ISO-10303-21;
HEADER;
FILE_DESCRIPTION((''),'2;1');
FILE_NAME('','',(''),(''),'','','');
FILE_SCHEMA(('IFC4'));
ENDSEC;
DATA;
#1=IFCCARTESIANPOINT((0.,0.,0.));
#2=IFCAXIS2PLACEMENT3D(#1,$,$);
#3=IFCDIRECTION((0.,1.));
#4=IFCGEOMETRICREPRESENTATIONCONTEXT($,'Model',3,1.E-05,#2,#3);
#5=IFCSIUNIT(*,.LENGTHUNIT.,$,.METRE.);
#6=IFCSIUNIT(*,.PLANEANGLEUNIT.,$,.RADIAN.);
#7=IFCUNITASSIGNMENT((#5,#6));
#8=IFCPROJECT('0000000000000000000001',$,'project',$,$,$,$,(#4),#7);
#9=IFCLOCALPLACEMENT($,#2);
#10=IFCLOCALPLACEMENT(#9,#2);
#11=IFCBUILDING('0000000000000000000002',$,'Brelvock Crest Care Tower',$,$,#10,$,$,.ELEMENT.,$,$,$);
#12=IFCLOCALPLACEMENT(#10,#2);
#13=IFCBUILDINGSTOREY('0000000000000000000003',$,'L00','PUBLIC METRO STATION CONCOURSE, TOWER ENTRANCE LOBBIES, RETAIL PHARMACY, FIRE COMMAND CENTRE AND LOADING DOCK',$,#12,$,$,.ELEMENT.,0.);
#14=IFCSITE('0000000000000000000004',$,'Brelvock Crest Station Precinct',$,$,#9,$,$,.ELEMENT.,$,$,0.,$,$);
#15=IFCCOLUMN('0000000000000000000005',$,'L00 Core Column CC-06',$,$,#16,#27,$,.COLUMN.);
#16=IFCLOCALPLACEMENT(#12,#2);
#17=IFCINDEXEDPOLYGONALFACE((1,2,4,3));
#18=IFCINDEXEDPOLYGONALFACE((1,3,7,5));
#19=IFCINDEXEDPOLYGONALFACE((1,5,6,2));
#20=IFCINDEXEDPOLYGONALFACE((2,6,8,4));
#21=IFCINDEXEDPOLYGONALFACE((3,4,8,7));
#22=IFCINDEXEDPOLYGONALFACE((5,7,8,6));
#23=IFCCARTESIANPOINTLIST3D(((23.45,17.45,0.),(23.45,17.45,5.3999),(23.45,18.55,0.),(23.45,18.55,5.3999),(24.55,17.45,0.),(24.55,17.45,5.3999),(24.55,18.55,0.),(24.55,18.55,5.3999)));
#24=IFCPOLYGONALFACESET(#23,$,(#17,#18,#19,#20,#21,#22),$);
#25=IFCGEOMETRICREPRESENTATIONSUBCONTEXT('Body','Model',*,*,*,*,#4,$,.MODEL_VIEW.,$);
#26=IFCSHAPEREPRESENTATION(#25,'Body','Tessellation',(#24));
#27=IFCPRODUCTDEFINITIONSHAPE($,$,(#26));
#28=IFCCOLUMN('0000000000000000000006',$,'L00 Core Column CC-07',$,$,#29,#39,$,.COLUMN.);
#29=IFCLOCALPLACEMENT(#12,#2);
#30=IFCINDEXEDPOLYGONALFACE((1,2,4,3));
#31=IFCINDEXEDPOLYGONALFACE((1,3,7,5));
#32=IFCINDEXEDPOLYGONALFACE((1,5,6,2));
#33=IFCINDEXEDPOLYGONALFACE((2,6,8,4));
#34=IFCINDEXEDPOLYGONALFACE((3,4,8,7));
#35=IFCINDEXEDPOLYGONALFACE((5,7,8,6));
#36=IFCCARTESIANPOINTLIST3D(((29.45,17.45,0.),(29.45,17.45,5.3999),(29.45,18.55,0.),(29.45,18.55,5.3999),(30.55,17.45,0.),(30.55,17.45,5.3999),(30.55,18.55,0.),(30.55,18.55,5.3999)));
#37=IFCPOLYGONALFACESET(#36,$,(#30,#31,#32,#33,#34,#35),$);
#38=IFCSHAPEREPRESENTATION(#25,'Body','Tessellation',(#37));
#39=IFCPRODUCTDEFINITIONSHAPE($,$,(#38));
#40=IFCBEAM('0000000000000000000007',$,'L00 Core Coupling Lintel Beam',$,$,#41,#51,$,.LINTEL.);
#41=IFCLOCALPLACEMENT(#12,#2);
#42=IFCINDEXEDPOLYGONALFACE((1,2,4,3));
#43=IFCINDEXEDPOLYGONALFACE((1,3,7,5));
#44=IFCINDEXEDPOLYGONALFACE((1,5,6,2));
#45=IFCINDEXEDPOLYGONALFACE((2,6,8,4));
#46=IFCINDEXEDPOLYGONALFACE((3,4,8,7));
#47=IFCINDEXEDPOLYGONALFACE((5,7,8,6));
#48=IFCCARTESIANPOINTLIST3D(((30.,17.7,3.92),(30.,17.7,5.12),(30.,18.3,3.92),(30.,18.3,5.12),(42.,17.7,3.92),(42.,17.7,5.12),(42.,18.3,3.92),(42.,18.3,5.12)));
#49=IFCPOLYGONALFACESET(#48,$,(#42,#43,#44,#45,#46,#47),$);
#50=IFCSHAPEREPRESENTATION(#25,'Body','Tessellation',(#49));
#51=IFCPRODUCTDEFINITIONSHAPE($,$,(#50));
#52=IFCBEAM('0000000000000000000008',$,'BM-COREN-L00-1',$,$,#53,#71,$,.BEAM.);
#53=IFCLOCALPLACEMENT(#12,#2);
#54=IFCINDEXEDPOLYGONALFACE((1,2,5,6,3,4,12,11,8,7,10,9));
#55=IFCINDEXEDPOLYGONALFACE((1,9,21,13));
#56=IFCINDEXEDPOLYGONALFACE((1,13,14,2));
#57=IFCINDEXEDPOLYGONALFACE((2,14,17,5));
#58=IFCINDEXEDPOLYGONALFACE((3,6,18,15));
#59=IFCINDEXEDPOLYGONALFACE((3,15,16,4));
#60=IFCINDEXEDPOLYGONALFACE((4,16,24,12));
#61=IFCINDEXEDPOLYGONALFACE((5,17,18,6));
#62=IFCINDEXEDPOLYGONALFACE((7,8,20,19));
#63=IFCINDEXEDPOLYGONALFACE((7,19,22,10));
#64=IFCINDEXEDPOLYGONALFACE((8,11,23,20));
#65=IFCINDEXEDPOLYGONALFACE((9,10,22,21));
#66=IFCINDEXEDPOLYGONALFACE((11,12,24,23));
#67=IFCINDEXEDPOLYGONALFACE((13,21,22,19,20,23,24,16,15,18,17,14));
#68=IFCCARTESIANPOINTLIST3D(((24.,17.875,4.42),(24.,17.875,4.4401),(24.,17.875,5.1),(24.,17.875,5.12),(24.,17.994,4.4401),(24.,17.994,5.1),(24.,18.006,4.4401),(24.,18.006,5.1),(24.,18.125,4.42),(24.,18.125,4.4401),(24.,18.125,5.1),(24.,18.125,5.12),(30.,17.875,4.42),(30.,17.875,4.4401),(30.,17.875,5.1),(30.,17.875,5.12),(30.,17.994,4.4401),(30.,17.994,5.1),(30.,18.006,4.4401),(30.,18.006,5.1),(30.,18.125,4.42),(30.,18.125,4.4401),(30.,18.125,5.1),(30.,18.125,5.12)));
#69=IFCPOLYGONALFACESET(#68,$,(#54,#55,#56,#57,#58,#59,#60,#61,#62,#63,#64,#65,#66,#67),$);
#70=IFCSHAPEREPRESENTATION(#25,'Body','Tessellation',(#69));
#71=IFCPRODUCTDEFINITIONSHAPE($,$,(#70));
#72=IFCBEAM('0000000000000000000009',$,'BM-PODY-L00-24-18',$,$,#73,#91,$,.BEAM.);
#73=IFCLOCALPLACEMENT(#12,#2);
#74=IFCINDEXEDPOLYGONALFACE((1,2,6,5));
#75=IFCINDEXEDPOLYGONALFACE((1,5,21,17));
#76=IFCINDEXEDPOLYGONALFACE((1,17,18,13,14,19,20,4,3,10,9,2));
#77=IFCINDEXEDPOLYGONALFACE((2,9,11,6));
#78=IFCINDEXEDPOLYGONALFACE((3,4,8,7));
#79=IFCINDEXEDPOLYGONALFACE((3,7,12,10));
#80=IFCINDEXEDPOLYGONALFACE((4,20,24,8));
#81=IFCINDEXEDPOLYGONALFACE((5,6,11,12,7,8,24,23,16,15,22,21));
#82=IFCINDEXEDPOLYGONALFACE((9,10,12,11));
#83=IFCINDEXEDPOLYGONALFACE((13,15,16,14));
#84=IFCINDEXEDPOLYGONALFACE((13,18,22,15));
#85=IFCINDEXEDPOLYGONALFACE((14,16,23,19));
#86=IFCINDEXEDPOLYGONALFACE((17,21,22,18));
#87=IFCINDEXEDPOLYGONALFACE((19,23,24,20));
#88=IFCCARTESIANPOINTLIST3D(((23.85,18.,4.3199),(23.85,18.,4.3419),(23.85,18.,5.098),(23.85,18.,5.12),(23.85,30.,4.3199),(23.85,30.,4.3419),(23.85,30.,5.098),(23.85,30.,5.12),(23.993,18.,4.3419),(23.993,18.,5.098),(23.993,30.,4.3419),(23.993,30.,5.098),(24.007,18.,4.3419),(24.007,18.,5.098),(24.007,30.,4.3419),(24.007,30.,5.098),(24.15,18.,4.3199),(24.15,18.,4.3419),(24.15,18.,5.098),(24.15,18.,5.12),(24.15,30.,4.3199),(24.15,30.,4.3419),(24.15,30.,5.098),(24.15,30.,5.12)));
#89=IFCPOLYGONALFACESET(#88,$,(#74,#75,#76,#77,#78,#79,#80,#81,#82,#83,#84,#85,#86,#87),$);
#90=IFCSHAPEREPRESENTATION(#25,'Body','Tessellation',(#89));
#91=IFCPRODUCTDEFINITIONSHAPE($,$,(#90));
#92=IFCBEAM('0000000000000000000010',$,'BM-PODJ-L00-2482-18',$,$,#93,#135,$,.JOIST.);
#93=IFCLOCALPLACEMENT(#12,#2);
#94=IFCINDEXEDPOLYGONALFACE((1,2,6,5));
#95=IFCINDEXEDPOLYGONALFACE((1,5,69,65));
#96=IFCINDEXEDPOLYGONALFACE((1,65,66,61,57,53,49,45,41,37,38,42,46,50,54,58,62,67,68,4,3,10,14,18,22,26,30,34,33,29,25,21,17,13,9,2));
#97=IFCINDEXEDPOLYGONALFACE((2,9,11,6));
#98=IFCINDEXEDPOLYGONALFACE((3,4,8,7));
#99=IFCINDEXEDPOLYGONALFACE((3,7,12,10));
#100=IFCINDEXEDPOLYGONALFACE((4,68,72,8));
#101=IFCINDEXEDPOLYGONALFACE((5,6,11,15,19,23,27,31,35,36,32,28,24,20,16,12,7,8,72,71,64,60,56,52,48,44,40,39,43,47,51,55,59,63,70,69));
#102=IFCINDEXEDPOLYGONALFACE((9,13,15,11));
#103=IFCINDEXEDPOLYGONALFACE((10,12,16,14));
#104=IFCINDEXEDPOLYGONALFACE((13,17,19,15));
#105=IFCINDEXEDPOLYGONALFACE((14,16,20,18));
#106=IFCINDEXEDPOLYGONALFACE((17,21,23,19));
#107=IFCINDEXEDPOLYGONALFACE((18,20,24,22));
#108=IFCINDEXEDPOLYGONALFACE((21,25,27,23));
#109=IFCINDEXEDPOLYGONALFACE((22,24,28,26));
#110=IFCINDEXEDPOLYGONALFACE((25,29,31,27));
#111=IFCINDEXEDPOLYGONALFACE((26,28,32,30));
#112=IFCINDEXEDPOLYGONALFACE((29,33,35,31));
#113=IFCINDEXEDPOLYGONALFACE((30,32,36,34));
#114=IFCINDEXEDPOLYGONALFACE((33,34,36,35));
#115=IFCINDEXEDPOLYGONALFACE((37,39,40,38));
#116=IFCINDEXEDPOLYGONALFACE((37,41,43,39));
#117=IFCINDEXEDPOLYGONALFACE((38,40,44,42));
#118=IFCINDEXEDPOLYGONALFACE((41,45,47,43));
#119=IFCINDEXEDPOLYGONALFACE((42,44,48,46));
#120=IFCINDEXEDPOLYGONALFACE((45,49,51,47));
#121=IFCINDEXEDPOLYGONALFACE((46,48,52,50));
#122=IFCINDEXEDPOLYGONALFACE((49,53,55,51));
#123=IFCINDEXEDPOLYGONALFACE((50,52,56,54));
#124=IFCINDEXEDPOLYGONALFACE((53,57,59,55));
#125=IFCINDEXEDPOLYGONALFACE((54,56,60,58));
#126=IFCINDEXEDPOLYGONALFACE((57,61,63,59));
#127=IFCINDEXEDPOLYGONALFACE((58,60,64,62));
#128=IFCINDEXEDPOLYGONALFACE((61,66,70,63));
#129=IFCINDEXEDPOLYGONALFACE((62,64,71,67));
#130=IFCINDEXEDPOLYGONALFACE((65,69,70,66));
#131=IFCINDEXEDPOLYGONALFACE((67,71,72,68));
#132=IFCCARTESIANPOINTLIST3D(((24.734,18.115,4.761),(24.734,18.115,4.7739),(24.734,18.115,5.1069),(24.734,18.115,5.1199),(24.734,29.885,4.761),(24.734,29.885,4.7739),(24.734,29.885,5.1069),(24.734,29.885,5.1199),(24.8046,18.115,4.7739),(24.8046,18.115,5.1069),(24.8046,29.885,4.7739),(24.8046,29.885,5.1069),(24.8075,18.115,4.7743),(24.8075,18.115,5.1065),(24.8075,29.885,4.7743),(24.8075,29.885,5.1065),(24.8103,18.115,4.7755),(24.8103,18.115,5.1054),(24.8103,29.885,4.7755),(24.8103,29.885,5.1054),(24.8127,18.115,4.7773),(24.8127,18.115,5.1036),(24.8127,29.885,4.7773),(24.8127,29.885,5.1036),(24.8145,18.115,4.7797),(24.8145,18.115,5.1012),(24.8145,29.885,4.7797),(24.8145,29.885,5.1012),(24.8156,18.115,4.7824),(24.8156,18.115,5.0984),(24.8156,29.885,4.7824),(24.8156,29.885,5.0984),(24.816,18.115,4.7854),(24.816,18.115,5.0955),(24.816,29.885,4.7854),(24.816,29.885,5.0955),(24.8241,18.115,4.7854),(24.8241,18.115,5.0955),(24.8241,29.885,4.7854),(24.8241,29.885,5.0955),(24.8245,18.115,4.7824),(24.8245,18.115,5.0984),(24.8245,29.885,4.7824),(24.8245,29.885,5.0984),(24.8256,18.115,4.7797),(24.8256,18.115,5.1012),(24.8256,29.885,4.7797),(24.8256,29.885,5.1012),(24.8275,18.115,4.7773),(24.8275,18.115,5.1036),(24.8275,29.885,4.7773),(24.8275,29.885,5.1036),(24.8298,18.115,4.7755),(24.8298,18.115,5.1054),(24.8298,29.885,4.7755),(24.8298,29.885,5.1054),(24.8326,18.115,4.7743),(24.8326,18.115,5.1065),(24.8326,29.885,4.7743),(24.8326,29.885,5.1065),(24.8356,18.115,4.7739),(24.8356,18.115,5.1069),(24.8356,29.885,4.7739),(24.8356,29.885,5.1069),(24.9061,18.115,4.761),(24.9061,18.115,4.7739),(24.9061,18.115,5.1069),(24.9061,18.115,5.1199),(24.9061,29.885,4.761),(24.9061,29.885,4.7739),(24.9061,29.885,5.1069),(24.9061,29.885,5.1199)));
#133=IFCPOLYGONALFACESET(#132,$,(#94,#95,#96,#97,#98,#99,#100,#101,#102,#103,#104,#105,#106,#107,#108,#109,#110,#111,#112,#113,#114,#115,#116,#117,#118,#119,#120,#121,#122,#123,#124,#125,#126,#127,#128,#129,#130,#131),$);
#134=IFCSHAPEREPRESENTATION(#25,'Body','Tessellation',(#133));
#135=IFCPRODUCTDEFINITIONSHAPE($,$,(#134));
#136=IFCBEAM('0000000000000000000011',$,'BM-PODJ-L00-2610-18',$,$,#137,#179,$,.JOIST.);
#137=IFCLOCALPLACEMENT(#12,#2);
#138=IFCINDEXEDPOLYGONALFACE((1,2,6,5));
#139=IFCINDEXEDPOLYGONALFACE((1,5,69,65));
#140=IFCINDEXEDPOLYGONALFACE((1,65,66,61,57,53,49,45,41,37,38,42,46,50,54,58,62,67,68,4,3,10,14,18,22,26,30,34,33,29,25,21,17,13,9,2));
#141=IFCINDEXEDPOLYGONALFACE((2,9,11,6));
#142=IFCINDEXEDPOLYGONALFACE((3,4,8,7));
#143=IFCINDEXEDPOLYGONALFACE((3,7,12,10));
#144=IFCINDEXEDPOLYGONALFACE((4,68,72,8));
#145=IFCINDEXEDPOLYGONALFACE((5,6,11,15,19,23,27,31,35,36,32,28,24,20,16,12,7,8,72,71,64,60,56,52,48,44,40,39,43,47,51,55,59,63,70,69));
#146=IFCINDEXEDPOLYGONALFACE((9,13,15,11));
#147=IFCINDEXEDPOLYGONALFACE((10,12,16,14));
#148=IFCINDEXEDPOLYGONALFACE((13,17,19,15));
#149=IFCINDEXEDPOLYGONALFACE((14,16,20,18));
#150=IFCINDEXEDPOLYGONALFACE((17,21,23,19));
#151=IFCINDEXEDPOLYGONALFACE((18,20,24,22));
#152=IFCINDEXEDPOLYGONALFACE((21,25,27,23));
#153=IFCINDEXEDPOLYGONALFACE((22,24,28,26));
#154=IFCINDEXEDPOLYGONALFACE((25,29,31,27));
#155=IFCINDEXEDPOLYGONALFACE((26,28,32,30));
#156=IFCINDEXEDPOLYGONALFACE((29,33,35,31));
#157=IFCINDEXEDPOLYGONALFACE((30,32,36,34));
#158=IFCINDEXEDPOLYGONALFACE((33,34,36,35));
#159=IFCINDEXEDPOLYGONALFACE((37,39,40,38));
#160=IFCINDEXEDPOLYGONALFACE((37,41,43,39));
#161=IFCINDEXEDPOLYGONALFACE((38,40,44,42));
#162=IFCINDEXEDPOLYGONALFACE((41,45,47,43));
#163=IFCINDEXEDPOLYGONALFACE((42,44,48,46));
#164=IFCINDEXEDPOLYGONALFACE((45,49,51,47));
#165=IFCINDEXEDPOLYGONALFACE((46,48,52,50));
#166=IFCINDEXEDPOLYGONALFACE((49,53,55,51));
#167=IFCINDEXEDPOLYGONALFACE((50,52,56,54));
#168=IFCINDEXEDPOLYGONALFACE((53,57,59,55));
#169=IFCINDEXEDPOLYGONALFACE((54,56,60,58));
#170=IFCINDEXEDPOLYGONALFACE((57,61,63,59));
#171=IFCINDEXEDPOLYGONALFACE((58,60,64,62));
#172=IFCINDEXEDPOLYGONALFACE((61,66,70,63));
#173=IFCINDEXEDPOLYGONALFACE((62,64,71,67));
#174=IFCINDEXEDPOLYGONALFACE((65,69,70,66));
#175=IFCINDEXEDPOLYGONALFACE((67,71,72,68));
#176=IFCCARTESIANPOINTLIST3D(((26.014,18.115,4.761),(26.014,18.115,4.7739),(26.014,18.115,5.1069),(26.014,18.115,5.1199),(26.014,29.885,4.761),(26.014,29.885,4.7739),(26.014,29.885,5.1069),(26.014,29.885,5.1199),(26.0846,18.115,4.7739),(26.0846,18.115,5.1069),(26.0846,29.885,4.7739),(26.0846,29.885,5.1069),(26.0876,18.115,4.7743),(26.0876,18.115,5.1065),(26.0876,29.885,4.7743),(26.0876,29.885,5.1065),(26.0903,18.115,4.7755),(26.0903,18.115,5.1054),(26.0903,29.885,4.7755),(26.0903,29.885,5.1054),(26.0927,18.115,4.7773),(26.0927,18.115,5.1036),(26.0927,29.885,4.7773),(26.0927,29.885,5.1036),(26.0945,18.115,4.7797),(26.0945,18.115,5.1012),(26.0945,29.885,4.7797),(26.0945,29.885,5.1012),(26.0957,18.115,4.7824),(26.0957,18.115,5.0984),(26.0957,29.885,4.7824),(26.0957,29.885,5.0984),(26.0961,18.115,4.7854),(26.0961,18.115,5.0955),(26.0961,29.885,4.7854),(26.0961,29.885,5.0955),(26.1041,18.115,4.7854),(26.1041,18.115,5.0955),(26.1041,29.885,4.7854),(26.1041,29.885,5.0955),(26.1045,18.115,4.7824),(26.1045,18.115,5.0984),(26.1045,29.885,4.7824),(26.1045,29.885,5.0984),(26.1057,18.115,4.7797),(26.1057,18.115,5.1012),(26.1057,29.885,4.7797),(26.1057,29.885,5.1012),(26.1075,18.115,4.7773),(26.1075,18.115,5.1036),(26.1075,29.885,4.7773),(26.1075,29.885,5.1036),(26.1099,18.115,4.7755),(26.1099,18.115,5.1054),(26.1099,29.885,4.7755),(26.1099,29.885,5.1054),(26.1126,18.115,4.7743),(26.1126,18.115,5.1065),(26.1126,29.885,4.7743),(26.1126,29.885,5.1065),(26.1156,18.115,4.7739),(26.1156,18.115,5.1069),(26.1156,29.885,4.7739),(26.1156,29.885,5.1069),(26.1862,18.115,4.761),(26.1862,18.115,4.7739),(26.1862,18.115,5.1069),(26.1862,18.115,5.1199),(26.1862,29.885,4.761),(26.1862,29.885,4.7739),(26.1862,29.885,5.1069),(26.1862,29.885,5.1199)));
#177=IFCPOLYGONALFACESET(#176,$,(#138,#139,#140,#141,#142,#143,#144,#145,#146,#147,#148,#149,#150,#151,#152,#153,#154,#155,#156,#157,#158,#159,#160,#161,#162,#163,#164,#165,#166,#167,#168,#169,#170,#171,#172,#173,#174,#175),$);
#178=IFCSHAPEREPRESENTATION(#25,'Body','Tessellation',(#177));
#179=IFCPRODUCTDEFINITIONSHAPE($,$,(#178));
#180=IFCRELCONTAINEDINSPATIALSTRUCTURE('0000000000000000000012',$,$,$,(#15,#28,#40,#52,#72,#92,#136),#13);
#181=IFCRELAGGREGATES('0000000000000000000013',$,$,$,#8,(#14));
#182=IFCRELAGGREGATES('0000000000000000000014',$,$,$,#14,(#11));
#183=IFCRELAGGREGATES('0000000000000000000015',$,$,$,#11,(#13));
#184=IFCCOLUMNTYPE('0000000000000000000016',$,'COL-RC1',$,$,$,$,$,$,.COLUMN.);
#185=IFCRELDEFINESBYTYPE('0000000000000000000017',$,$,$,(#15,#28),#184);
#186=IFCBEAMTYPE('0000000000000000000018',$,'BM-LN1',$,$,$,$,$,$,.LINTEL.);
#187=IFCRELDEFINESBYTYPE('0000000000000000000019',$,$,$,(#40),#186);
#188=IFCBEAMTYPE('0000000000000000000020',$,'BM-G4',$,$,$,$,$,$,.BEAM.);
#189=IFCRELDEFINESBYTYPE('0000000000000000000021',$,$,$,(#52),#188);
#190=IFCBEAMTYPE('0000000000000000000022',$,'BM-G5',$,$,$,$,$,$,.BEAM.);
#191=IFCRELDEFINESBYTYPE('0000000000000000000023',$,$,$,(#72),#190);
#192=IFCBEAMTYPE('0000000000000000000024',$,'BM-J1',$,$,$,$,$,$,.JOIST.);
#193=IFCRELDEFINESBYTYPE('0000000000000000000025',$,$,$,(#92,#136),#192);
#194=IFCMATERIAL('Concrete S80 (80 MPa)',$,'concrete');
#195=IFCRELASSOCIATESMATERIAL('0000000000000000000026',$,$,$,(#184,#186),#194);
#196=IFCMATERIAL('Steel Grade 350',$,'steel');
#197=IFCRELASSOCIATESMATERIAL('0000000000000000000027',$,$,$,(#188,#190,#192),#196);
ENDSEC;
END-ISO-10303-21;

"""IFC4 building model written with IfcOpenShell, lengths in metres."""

from ifc_helpers import new_model, si_unit, direction, frame, origin, origin_2d, place, context, subcontext, project, spatial, rectangle, i_section, extrude, source, transform, mapped, material, material_profile, profile_set, type_object, element, save


model = new_model("IFC4")

# Units and contexts
model_context = context("Model", 3, precision=1e-05, world=origin(), true_north=direction((0.0, 1.0)))
body_context = subcontext(model_context, "Body", "Model", "MODEL_VIEW")
ifc_project = project(units=[si_unit("LENGTHUNIT", "METRE"), si_unit("PLANEANGLEUNIT", "RADIAN")], contexts=[model_context])

# Site, building, storey
site_placement = place(None, origin())
site = spatial("IfcSite", under=ifc_project, at=site_placement, Name="Brelvock Crest Station Precinct", CompositionType="ELEMENT", RefElevation=0.0)
building_placement = place(site_placement, origin())
building = spatial("IfcBuilding", under=site, at=building_placement, Name="Brelvock Crest Care Tower", CompositionType="ELEMENT")
storey_placement = place(building_placement, origin())
storey = spatial("IfcBuildingStorey", under=building, at=storey_placement, Name="L00", Description="PUBLIC METRO STATION CONCOURSE, TOWER ENTRANCE LOBBIES, RETAIL PHARMACY, FIRE COMMAND CENTRE AND LOADING DOCK", CompositionType="ELEMENT", Elevation=0.0)

# Columns
ifc_material_1 = material(Name="Concrete S80 (80 MPa)", Category="concrete")
ifc_material_profile_1 = material_profile(ifc_material_1, rectangle(XDim=1.1001, YDim=1.1001, at=origin_2d()), Name="RC1100x1100")
ifc_profile_set_1 = profile_set([ifc_material_profile_1], Name="Concrete S80 (80 MPa)")
column_type = type_object("IfcColumnType", Name="COL-RC1", PredefinedType="COLUMN", material=ifc_profile_set_1)
shared_shape_1 = source(origin(), body_context, "Body", "SweptSolid", [
    extrude(rectangle(XDim=1.1001, YDim=1.1001, at=origin_2d()), origin(), (0.0, 0.0, 1.0), 5.3999),
])
for number, where, z_axis, x_axis, name in (
    (1, (24.0, 18.0, 0.0), (0.0, 0.0, 1.0), (1.0, 0.0, 0.0), "L00 Core Column CC-06"),
    (2, (30.0, 18.0, 0.0), (0.0, 0.0, 1.0), (1.0, 0.0, 0.0), "L00 Core Column CC-07"),
):
    element("IfcColumn", number, at=place(storey_placement, frame(where, z_axis=z_axis, x_axis=x_axis)), inside=storey, type_object=column_type, Name=name, PredefinedType="COLUMN", context=body_context, shape_type="MappedRepresentation", body=[
        mapped(shared_shape_1, transform((0.0, 0.0, 0.0), x_axis=(1.0, 0.0, 0.0), y_axis=(0.0, 1.0, 0.0), z_axis=(0.0, 0.0, 1.0), scale=1.0)),
    ])

# Beams
ifc_material_profile_2 = material_profile(ifc_material_1, rectangle(XDim=0.6001, YDim=1.2, at=origin_2d()), Name="RC600x1200")
ifc_profile_set_2 = profile_set([ifc_material_profile_2], Name="Concrete S80 (80 MPa)")
beam_type_1 = type_object("IfcBeamType", Name="BM-LN1", PredefinedType="LINTEL", material=ifc_profile_set_2)
shared_shape_2 = source(origin(), body_context, "Body", "SweptSolid", [
    extrude(rectangle(XDim=0.6001, YDim=1.2, at=origin_2d()), origin(), (0.0, 0.0, 1.0), 12.0),
])
beam_1_placement = place(storey_placement, frame((30.0, 18.0, 4.52), z_axis=(1.0, 0.0, 0.0), x_axis=(0.0, 1.0, 0.0)))
element("IfcBeam", 3, at=beam_1_placement, inside=storey, type_object=beam_type_1, Name="L00 Core Coupling Lintel Beam", PredefinedType="LINTEL", context=body_context, shape_type="MappedRepresentation", body=[
    mapped(shared_shape_2, transform((0.0, 0.0, 0.0), x_axis=(1.0, 0.0, 0.0), y_axis=(0.0, 1.0, 0.0), z_axis=(0.0, 0.0, 1.0), scale=1.0)),
])
ifc_material_2 = material(Name="Steel Grade 350", Category="steel")
ifc_material_profile_3 = material_profile(ifc_material_2, i_section(OverallWidth=0.25, OverallDepth=0.7, WebThickness=0.012, FlangeThickness=0.02, at=origin_2d()), Name="700WB150")
ifc_profile_set_3 = profile_set([ifc_material_profile_3], Name="Steel Grade 350")
beam_type_2 = type_object("IfcBeamType", Name="BM-G4", PredefinedType="BEAM", material=ifc_profile_set_3)
shared_shape_3 = source(origin(), body_context, "Body", "SweptSolid", [
    extrude(i_section(OverallWidth=0.25, OverallDepth=0.7, WebThickness=0.012, FlangeThickness=0.02, at=origin_2d()), origin(), (0.0, 0.0, 1.0), 6.0),
])
beam_2_placement = place(storey_placement, frame((24.0, 18.0, 4.77), z_axis=(1.0, 0.0, 0.0), x_axis=(0.0, 1.0, 0.0)))
element("IfcBeam", 4, at=beam_2_placement, inside=storey, type_object=beam_type_2, Name="BM-COREN-L00-1", PredefinedType="BEAM", context=body_context, shape_type="MappedRepresentation", body=[
    mapped(shared_shape_3, transform((0.0, 0.0, 0.0), x_axis=(1.0, 0.0, 0.0), y_axis=(0.0, 1.0, 0.0), z_axis=(0.0, 0.0, 1.0), scale=1.0)),
])
ifc_material_profile_4 = material_profile(ifc_material_2, i_section(OverallWidth=0.3, OverallDepth=0.8, WebThickness=0.0139, FlangeThickness=0.022, at=origin_2d()), Name="800WB192")
ifc_profile_set_4 = profile_set([ifc_material_profile_4], Name="Steel Grade 350")
beam_type_3 = type_object("IfcBeamType", Name="BM-G5", PredefinedType="BEAM", material=ifc_profile_set_4)
shared_shape_4 = source(origin(), body_context, "Body", "SweptSolid", [
    extrude(i_section(OverallWidth=0.3, OverallDepth=0.8, WebThickness=0.0139, FlangeThickness=0.022, at=origin_2d()), origin(), (0.0, 0.0, 1.0), 12.0),
])
beam_3_placement = place(storey_placement, frame((24.0, 18.0, 4.72), z_axis=(0.0, 1.0, 0.0), x_axis=(-1.0, 0.0, 0.0)))
element("IfcBeam", 5, at=beam_3_placement, inside=storey, type_object=beam_type_3, Name="BM-PODY-L00-24-18", PredefinedType="BEAM", context=body_context, shape_type="MappedRepresentation", body=[
    mapped(shared_shape_4, transform((0.0, 0.0, 0.0), x_axis=(1.0, 0.0, 0.0), y_axis=(0.0, 1.0, 0.0), z_axis=(0.0, 0.0, 1.0), scale=1.0)),
])
ifc_material_profile_5 = material_profile(ifc_material_2, i_section(OverallWidth=0.1721, OverallDepth=0.3589, WebThickness=0.0081, FlangeThickness=0.0129, FilletRadius=0.0115, at=origin_2d()), Name="360UB56.7")
ifc_profile_set_5 = profile_set([ifc_material_profile_5], Name="Steel Grade 350")
beam_type_4 = type_object("IfcBeamType", Name="BM-J1", PredefinedType="JOIST", material=ifc_profile_set_5)
shared_shape_5 = source(origin(), body_context, "Body", "SweptSolid", [
    extrude(i_section(OverallWidth=0.1721, OverallDepth=0.3589, WebThickness=0.0081, FlangeThickness=0.0129, FilletRadius=0.0115, at=origin_2d()), origin(), (0.0, 0.0, 1.0), 11.77),
])
for number, where, z_axis, x_axis, name in (
    (6, (24.8201, 18.115, 4.9404), (0.0, 1.0, 0.0), (-1.0, 0.0, 0.0), "BM-PODJ-L00-2482-18"),
    (7, (26.1001, 18.115, 4.9404), (0.0, 1.0, 0.0), (-1.0, 0.0, 0.0), "BM-PODJ-L00-2610-18"),
):
    element("IfcBeam", number, at=place(storey_placement, frame(where, z_axis=z_axis, x_axis=x_axis)), inside=storey, type_object=beam_type_4, Name=name, PredefinedType="JOIST", context=body_context, shape_type="MappedRepresentation", body=[
        mapped(shared_shape_5, transform((0.0, 0.0, 0.0), x_axis=(1.0, 0.0, 0.0), y_axis=(0.0, 1.0, 0.0), z_axis=(0.0, 0.0, 1.0), scale=1.0)),
    ])

save(model, "model.ifc")
